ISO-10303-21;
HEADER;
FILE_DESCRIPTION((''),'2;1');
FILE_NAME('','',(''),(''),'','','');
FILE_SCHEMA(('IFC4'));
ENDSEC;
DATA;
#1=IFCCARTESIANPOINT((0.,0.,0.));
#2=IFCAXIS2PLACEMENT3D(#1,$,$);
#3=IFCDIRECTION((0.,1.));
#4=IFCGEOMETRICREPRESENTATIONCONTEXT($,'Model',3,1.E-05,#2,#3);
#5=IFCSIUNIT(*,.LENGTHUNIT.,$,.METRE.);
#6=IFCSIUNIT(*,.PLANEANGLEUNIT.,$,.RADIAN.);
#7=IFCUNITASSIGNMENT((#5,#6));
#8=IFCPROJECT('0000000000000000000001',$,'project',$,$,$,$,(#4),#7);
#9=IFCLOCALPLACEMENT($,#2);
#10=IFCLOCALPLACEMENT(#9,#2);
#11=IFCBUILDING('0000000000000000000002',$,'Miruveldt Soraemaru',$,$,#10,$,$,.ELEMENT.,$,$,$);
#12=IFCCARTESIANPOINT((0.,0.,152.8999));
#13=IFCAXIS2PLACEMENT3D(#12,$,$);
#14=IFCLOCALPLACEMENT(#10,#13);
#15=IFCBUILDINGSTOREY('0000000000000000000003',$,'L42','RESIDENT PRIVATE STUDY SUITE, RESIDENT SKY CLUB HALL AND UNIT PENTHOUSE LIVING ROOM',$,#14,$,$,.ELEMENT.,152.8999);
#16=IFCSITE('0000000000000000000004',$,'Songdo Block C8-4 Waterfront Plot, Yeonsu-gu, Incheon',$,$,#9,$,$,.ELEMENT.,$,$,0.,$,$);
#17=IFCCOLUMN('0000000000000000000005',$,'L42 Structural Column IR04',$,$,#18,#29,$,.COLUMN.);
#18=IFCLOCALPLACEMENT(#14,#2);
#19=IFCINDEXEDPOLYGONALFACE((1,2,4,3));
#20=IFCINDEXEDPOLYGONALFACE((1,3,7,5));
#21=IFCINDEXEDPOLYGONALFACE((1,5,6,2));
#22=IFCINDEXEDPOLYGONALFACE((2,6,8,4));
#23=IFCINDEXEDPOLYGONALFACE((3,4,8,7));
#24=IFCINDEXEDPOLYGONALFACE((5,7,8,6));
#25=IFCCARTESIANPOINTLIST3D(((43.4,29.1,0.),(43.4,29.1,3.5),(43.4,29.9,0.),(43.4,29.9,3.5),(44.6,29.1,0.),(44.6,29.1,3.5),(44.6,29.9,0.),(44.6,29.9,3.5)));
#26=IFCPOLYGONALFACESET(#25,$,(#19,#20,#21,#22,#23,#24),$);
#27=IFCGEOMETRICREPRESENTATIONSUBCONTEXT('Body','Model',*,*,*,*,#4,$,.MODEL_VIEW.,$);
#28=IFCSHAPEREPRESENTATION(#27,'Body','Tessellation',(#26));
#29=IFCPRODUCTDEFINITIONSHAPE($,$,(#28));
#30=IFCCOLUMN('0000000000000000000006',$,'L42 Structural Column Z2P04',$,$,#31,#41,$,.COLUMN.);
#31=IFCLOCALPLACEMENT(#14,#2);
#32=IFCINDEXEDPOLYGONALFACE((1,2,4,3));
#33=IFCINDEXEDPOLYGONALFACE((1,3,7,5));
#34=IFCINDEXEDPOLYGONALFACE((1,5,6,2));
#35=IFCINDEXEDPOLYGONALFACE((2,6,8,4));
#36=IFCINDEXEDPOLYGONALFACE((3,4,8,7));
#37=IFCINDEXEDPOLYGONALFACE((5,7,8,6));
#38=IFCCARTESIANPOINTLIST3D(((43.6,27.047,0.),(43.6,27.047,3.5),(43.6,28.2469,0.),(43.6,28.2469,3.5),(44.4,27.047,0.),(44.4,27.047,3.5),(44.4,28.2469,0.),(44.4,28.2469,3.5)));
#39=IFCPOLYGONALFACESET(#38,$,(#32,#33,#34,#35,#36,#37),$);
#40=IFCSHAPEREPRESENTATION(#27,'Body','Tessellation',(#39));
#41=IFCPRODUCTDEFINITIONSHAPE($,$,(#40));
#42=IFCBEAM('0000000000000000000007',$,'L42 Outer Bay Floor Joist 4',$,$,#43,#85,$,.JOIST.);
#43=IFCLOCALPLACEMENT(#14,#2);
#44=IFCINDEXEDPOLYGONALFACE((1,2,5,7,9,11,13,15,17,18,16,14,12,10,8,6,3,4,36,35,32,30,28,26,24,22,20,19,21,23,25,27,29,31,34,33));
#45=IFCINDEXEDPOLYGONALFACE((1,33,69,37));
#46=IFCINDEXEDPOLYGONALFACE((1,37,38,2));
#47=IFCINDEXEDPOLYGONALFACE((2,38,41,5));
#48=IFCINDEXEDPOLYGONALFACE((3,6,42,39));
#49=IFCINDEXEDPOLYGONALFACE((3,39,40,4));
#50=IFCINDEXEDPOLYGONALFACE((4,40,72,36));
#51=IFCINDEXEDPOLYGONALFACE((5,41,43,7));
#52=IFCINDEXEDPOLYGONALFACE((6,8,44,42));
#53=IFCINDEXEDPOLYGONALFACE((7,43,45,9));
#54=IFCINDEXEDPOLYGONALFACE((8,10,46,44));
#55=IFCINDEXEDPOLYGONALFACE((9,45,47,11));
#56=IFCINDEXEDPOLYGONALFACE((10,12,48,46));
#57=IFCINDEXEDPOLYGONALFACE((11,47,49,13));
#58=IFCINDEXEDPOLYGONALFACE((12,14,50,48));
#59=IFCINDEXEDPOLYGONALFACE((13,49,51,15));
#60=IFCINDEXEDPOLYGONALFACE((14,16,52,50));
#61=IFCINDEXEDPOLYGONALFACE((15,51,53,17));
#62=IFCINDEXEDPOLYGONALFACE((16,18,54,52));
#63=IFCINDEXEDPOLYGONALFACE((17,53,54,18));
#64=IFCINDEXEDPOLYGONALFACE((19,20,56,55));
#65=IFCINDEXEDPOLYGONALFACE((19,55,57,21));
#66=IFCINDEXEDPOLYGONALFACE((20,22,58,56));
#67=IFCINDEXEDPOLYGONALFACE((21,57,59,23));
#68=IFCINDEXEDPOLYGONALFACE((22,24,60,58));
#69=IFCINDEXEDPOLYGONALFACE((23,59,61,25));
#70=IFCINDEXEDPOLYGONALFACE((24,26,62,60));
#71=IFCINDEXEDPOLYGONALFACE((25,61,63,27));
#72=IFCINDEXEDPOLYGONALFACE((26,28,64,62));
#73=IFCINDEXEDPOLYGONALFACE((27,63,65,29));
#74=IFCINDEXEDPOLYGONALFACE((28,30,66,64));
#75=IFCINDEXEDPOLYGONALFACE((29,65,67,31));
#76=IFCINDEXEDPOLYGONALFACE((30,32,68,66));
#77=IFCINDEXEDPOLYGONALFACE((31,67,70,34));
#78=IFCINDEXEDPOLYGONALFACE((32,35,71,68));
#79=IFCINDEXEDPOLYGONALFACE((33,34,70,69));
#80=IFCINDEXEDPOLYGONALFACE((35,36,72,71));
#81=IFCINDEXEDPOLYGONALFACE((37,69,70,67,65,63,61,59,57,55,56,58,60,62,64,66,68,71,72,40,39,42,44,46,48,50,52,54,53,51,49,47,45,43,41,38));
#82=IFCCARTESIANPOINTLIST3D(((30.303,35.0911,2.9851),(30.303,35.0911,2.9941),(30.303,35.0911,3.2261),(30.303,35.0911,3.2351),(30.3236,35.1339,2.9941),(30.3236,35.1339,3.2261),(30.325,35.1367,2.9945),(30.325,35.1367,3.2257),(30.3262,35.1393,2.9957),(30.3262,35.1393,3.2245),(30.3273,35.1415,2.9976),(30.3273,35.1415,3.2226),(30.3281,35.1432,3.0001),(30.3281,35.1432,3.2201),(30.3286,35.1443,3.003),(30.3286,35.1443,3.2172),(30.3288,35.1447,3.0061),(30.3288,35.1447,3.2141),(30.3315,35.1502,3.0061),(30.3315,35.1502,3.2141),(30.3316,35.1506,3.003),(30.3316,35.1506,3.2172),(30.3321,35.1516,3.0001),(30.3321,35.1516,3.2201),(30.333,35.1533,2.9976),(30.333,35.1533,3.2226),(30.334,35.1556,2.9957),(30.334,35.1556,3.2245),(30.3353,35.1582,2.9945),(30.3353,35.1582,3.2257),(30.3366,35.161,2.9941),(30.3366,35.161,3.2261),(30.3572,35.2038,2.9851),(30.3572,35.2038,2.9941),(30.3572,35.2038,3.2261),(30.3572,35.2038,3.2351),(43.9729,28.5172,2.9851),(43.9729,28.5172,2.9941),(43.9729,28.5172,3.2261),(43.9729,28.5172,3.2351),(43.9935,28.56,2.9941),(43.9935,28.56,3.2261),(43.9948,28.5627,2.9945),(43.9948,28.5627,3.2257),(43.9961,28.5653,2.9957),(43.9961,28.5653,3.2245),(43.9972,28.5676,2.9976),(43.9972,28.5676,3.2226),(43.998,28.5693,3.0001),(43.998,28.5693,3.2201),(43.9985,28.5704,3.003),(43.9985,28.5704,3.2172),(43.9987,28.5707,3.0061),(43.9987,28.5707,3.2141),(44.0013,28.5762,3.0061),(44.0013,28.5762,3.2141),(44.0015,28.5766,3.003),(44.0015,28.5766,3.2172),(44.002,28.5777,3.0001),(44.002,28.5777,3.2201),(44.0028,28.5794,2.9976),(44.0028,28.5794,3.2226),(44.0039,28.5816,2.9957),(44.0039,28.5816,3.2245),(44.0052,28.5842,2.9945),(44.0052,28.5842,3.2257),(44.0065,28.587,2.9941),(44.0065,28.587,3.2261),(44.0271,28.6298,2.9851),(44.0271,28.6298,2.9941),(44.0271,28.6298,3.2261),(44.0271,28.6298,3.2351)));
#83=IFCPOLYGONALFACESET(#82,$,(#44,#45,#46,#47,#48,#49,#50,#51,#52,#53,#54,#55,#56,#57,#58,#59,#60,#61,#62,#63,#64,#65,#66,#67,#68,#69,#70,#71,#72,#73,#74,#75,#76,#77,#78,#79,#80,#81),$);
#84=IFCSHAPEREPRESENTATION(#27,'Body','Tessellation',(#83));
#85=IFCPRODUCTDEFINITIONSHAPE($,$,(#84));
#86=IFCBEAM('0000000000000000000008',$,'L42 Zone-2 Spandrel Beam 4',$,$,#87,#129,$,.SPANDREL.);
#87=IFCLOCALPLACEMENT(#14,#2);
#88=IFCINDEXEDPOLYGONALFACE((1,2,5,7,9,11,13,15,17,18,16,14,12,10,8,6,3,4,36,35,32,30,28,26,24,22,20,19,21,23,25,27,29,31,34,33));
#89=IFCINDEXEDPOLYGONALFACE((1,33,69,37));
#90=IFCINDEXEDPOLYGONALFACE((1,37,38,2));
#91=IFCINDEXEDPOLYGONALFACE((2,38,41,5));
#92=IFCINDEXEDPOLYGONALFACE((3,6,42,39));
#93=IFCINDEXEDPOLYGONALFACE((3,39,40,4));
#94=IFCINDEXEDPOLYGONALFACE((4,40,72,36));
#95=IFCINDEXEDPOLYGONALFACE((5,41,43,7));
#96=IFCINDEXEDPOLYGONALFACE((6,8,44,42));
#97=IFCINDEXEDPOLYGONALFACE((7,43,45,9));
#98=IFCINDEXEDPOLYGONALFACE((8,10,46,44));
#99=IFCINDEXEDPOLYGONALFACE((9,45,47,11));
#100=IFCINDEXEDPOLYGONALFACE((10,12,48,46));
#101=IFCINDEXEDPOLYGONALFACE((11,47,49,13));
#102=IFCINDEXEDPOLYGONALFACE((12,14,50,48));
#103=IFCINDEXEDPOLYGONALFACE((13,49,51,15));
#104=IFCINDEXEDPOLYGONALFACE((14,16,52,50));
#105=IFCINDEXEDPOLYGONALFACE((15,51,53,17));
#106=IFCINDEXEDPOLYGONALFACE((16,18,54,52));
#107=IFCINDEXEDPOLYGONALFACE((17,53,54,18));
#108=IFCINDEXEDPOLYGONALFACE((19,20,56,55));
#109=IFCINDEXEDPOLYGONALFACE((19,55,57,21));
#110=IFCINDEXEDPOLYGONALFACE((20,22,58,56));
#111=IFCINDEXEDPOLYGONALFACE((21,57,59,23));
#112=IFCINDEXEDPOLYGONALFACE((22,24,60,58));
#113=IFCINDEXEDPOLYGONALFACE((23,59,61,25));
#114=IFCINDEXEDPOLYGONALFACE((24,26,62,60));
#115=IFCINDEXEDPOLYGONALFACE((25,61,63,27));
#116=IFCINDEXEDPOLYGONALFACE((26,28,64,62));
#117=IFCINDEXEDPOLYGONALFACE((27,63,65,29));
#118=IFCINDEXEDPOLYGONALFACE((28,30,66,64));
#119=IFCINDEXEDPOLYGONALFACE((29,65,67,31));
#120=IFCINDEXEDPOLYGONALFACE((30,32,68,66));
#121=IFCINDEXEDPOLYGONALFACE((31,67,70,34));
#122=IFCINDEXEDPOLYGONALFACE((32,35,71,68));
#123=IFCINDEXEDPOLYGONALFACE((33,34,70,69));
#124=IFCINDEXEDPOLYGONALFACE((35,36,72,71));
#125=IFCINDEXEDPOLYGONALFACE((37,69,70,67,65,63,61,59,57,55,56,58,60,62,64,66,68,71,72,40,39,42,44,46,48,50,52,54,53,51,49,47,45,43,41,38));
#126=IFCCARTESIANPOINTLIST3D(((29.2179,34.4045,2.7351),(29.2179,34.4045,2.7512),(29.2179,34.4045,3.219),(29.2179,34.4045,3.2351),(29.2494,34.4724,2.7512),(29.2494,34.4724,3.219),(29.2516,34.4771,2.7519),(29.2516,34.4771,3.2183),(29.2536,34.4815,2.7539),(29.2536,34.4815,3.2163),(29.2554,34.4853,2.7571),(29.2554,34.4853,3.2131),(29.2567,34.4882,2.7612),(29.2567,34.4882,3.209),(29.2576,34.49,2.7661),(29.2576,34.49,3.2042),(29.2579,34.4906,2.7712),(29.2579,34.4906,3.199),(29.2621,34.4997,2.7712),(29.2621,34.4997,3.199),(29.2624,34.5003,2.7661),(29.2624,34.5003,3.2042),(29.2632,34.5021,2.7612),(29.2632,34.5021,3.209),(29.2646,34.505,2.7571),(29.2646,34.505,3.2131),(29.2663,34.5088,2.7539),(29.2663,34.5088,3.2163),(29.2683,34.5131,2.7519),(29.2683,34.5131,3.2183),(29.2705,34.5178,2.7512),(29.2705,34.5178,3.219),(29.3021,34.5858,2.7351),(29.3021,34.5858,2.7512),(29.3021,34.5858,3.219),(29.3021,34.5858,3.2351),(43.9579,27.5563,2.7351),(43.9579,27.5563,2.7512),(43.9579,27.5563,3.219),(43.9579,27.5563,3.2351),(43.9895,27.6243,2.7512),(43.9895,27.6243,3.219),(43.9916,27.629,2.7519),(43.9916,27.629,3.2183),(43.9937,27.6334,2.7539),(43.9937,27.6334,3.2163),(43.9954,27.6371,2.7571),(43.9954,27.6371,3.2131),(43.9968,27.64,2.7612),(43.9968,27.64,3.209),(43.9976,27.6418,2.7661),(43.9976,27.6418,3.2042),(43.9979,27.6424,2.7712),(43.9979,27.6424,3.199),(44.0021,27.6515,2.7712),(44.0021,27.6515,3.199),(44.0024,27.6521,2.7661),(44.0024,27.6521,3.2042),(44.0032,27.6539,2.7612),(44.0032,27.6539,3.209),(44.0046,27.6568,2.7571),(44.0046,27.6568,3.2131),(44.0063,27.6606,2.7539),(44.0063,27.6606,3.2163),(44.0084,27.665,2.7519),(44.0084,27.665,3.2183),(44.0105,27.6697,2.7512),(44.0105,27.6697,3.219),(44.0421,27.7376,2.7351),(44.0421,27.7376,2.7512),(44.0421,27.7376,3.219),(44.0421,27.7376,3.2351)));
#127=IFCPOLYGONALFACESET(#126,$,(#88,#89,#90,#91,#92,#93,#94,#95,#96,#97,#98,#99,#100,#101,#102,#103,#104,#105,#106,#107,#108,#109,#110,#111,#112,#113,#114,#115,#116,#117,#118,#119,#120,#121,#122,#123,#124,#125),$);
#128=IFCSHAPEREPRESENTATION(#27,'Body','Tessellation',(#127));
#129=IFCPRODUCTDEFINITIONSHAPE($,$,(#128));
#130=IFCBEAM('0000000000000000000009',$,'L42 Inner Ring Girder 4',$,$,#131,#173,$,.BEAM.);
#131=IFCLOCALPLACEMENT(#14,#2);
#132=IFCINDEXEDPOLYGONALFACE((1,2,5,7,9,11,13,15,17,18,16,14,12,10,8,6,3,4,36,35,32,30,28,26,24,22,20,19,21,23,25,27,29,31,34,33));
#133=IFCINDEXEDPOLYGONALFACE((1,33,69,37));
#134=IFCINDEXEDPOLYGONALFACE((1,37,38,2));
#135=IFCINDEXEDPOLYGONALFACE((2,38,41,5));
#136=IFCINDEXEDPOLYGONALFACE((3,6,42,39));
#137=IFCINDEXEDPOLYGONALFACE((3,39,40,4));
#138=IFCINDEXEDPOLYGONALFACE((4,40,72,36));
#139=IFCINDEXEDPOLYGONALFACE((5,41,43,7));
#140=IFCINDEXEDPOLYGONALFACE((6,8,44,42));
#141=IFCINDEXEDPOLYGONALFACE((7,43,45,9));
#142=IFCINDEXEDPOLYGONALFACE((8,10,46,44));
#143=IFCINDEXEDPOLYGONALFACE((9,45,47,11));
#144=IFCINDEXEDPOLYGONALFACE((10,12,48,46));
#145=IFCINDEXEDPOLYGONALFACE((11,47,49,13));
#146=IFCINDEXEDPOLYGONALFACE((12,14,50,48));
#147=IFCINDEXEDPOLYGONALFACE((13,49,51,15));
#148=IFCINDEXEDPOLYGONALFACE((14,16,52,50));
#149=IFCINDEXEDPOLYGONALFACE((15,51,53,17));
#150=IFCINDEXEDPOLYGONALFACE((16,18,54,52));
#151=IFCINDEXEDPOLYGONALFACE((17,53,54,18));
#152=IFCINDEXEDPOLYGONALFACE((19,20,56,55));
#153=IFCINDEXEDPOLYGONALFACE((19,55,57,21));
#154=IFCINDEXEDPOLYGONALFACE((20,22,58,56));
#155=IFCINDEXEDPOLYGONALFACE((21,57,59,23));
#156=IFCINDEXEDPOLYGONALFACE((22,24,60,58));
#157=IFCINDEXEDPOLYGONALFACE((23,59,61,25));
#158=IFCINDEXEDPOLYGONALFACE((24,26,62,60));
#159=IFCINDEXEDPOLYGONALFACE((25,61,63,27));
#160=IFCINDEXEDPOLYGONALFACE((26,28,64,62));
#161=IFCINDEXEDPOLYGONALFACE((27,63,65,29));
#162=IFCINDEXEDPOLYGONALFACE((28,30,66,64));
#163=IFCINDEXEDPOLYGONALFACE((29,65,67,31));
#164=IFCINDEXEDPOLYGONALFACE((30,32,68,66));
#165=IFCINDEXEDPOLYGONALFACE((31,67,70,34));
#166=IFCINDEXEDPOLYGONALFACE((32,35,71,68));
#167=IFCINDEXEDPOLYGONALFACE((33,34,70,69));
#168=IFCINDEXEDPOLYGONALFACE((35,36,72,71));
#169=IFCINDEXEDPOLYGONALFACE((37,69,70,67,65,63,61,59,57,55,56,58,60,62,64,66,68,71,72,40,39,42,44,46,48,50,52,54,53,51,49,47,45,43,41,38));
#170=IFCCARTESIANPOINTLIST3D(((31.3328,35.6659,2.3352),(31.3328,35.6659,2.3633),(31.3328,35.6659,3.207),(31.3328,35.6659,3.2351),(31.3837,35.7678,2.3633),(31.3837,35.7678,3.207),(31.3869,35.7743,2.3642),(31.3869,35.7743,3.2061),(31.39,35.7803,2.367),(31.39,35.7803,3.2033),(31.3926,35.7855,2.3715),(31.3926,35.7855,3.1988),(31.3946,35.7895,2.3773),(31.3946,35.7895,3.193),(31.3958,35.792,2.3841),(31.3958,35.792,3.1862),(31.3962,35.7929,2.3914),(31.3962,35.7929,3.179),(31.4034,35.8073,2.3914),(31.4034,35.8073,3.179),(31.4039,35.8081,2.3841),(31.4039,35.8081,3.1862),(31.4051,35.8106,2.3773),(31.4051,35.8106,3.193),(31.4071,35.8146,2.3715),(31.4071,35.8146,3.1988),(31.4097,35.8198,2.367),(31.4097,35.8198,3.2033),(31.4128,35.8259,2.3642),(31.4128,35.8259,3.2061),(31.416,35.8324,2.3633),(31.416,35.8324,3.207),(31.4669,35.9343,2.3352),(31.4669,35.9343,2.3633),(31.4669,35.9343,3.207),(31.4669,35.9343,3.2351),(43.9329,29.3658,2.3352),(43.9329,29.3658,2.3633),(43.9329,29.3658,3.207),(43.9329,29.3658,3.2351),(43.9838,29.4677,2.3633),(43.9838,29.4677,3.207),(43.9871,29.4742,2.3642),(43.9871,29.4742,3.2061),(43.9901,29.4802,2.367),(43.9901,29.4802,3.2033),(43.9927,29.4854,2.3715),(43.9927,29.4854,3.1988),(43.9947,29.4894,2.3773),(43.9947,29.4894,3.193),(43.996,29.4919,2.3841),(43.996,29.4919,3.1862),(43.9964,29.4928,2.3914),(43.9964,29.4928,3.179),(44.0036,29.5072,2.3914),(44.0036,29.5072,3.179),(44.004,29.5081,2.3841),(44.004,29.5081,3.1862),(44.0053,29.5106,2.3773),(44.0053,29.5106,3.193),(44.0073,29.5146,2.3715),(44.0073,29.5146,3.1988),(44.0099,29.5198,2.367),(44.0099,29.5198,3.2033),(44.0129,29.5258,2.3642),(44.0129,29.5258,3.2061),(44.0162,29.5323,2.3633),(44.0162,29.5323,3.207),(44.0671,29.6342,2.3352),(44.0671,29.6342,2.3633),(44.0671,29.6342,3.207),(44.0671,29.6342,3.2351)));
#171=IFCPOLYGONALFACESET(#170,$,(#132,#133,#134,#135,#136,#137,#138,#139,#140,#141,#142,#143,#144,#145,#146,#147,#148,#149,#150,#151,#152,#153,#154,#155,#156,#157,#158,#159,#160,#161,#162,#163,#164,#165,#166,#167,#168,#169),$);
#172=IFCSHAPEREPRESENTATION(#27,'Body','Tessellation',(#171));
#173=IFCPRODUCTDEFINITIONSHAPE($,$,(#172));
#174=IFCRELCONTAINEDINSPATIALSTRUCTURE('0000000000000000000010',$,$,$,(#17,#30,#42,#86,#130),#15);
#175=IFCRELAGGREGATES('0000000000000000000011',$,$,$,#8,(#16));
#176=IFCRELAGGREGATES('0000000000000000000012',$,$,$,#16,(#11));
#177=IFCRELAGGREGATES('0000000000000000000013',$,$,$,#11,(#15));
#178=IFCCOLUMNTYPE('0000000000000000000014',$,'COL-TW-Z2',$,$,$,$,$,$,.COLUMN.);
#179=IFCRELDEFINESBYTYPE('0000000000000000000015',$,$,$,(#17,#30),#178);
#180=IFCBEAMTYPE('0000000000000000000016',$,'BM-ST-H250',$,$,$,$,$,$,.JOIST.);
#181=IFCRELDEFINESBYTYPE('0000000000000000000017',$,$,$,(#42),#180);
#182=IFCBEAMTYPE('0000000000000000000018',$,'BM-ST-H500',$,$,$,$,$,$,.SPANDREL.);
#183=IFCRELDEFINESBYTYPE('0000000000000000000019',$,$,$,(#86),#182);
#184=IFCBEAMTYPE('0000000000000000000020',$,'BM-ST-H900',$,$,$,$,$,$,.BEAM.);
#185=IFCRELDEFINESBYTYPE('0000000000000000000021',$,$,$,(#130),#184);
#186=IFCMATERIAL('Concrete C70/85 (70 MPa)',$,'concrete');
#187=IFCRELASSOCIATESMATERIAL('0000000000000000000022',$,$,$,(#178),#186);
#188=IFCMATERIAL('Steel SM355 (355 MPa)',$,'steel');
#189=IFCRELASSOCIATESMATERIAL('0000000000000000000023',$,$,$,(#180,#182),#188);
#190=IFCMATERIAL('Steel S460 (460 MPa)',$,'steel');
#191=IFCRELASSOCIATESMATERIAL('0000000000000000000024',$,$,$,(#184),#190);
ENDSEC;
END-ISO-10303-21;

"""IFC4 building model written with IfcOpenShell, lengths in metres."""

from ifc_helpers import new_model, si_unit, direction, frame, origin, origin_2d, place, context, subcontext, project, spatial, rectangle, i_section, extrude, material, material_profile, profile_set, type_object, element, save


model = new_model("IFC4")

# Units and contexts
model_context = context("Model", 3, precision=1e-05, world=origin(), true_north=direction((0.0, 1.0)))
body_context = subcontext(model_context, "Body", "Model", "MODEL_VIEW")
ifc_project = project(units=[si_unit("LENGTHUNIT", "METRE"), si_unit("PLANEANGLEUNIT", "RADIAN")], contexts=[model_context])

# Site, building, storey
site_placement = place(None, origin())
site = spatial("IfcSite", under=ifc_project, at=site_placement, Name="Songdo Block C8-4 Waterfront Plot, Yeonsu-gu, Incheon", CompositionType="ELEMENT", RefElevation=0.0)
building_placement = place(site_placement, origin())
building = spatial("IfcBuilding", under=site, at=building_placement, Name="Miruveldt Soraemaru", CompositionType="ELEMENT")
storey_placement = place(building_placement, frame((0.0, 0.0, 152.8999)))
storey = spatial("IfcBuildingStorey", under=building, at=storey_placement, Name="L42", Description="RESIDENT PRIVATE STUDY SUITE, RESIDENT SKY CLUB HALL AND UNIT PENTHOUSE LIVING ROOM", CompositionType="ELEMENT", Elevation=152.8999)

# Columns
ifc_material_1 = material(Name="Concrete C70/85 (70 MPa)", Category="concrete")
ifc_material_profile_1 = material_profile(ifc_material_1, rectangle(XDim=1.2, YDim=0.8, at=origin_2d()), Name="Concrete C70/85 (70 MPa)", Category="concrete")
ifc_profile_set_1 = profile_set([ifc_material_profile_1], Name="Concrete C70/85 (70 MPa)")
column_type = type_object("IfcColumnType", Name="COL-TW-Z2", PredefinedType="COLUMN", material=ifc_profile_set_1)
for number, where, z_axis, x_axis, name in (
    (1, (44.0, 29.5, 0.0), (0.0, 0.0, 1.0), (1.0, 0.0, 0.0), "L42 Structural Column IR04"),
    (2, (44.0, 27.647, 0.0), (0.0, 0.0, 1.0), (0.0, 1.0, 0.0), "L42 Structural Column Z2P04"),
):
    element("IfcColumn", number, at=place(storey_placement, frame(where, z_axis=z_axis, x_axis=x_axis)), inside=storey, type_object=column_type, Name=name, PredefinedType="COLUMN", context=body_context, shape_type="SweptSolid", body=[
        extrude(rectangle(XDim=1.2, YDim=0.8, at=origin_2d()), origin(), (0.0, 0.0, 1.0), 3.5),
    ])

# Beams
ifc_material_2 = material(Name="Steel SM355 (355 MPa)", Category="steel")
ifc_material_profile_2 = material_profile(ifc_material_2, i_section(OverallWidth=0.125, OverallDepth=0.25, WebThickness=0.0061, FlangeThickness=0.009, FilletRadius=0.012, at=origin_2d()), Name="Steel SM355 (355 MPa)", Category="steel")
ifc_profile_set_2 = profile_set([ifc_material_profile_2], Name="Steel SM355 (355 MPa)")
beam_type_1 = type_object("IfcBeamType", Name="BM-ST-H250", PredefinedType="JOIST", material=ifc_profile_set_2)
beam_1_placement = place(storey_placement, frame((44.0, 28.5735, 3.1101), z_axis=(-0.901204, 0.433396, 0.0), x_axis=(-0.433396, -0.901204, 0.0)))
element("IfcBeam", 3, at=beam_1_placement, inside=storey, type_object=beam_type_1, Name="L42 Outer Bay Floor Joist 4", PredefinedType="JOIST", context=body_context, shape_type="SweptSolid", body=[
    extrude(i_section(OverallWidth=0.125, OverallDepth=0.25, WebThickness=0.0061, FlangeThickness=0.009, FilletRadius=0.012, at=origin_2d()), origin(), (0.0, 0.0, 1.0), 15.1685),
])
ifc_material_profile_3 = material_profile(ifc_material_2, i_section(OverallWidth=0.2, OverallDepth=0.5, WebThickness=0.01, FlangeThickness=0.0161, FilletRadius=0.02, at=origin_2d()), Name="Steel SM355 (355 MPa)", Category="steel")
ifc_profile_set_3 = profile_set([ifc_material_profile_3], Name="Steel SM355 (355 MPa)")
beam_type_2 = type_object("IfcBeamType", Name="BM-ST-H500", PredefinedType="SPANDREL", material=ifc_profile_set_3)
beam_2_placement = place(storey_placement, frame((44.0, 27.647, 2.9851), z_axis=(-0.906901, 0.421343, 0.0), x_axis=(-0.421343, -0.906901, 0.0)))
element("IfcBeam", 4, at=beam_2_placement, inside=storey, type_object=beam_type_2, Name="L42 Zone-2 Spandrel Beam 4", PredefinedType="SPANDREL", context=body_context, shape_type="SweptSolid", body=[
    extrude(i_section(OverallWidth=0.2, OverallDepth=0.5, WebThickness=0.01, FlangeThickness=0.0161, FilletRadius=0.02, at=origin_2d()), origin(), (0.0, 0.0, 1.0), 16.2532),
])
ifc_material_3 = material(Name="Steel S460 (460 MPa)", Category="steel")
ifc_material_profile_4 = material_profile(ifc_material_3, i_section(OverallWidth=0.3, OverallDepth=0.8999, WebThickness=0.0161, FlangeThickness=0.0281, FilletRadius=0.0281, at=origin_2d()), Name="Steel S460 (460 MPa)", Category="steel")
ifc_profile_set_4 = profile_set([ifc_material_profile_4], Name="Steel S460 (460 MPa)")
beam_type_3 = type_object("IfcBeamType", Name="BM-ST-H900", PredefinedType="BEAM", material=ifc_profile_set_4)
beam_3_placement = place(storey_placement, frame((44.0, 29.5, 2.7852), z_axis=(-0.894427, 0.447214, 0.0), x_axis=(-0.447214, -0.894427, 0.0)))
element("IfcBeam", 5, at=beam_3_placement, inside=storey, type_object=beam_type_3, Name="L42 Inner Ring Girder 4", PredefinedType="BEAM", context=body_context, shape_type="SweptSolid", body=[
    extrude(i_section(OverallWidth=0.3, OverallDepth=0.8999, WebThickness=0.0161, FlangeThickness=0.0281, FilletRadius=0.0281, at=origin_2d()), origin(), (0.0, 0.0, 1.0), 14.0874),
])

save(model, "model.ifc")
